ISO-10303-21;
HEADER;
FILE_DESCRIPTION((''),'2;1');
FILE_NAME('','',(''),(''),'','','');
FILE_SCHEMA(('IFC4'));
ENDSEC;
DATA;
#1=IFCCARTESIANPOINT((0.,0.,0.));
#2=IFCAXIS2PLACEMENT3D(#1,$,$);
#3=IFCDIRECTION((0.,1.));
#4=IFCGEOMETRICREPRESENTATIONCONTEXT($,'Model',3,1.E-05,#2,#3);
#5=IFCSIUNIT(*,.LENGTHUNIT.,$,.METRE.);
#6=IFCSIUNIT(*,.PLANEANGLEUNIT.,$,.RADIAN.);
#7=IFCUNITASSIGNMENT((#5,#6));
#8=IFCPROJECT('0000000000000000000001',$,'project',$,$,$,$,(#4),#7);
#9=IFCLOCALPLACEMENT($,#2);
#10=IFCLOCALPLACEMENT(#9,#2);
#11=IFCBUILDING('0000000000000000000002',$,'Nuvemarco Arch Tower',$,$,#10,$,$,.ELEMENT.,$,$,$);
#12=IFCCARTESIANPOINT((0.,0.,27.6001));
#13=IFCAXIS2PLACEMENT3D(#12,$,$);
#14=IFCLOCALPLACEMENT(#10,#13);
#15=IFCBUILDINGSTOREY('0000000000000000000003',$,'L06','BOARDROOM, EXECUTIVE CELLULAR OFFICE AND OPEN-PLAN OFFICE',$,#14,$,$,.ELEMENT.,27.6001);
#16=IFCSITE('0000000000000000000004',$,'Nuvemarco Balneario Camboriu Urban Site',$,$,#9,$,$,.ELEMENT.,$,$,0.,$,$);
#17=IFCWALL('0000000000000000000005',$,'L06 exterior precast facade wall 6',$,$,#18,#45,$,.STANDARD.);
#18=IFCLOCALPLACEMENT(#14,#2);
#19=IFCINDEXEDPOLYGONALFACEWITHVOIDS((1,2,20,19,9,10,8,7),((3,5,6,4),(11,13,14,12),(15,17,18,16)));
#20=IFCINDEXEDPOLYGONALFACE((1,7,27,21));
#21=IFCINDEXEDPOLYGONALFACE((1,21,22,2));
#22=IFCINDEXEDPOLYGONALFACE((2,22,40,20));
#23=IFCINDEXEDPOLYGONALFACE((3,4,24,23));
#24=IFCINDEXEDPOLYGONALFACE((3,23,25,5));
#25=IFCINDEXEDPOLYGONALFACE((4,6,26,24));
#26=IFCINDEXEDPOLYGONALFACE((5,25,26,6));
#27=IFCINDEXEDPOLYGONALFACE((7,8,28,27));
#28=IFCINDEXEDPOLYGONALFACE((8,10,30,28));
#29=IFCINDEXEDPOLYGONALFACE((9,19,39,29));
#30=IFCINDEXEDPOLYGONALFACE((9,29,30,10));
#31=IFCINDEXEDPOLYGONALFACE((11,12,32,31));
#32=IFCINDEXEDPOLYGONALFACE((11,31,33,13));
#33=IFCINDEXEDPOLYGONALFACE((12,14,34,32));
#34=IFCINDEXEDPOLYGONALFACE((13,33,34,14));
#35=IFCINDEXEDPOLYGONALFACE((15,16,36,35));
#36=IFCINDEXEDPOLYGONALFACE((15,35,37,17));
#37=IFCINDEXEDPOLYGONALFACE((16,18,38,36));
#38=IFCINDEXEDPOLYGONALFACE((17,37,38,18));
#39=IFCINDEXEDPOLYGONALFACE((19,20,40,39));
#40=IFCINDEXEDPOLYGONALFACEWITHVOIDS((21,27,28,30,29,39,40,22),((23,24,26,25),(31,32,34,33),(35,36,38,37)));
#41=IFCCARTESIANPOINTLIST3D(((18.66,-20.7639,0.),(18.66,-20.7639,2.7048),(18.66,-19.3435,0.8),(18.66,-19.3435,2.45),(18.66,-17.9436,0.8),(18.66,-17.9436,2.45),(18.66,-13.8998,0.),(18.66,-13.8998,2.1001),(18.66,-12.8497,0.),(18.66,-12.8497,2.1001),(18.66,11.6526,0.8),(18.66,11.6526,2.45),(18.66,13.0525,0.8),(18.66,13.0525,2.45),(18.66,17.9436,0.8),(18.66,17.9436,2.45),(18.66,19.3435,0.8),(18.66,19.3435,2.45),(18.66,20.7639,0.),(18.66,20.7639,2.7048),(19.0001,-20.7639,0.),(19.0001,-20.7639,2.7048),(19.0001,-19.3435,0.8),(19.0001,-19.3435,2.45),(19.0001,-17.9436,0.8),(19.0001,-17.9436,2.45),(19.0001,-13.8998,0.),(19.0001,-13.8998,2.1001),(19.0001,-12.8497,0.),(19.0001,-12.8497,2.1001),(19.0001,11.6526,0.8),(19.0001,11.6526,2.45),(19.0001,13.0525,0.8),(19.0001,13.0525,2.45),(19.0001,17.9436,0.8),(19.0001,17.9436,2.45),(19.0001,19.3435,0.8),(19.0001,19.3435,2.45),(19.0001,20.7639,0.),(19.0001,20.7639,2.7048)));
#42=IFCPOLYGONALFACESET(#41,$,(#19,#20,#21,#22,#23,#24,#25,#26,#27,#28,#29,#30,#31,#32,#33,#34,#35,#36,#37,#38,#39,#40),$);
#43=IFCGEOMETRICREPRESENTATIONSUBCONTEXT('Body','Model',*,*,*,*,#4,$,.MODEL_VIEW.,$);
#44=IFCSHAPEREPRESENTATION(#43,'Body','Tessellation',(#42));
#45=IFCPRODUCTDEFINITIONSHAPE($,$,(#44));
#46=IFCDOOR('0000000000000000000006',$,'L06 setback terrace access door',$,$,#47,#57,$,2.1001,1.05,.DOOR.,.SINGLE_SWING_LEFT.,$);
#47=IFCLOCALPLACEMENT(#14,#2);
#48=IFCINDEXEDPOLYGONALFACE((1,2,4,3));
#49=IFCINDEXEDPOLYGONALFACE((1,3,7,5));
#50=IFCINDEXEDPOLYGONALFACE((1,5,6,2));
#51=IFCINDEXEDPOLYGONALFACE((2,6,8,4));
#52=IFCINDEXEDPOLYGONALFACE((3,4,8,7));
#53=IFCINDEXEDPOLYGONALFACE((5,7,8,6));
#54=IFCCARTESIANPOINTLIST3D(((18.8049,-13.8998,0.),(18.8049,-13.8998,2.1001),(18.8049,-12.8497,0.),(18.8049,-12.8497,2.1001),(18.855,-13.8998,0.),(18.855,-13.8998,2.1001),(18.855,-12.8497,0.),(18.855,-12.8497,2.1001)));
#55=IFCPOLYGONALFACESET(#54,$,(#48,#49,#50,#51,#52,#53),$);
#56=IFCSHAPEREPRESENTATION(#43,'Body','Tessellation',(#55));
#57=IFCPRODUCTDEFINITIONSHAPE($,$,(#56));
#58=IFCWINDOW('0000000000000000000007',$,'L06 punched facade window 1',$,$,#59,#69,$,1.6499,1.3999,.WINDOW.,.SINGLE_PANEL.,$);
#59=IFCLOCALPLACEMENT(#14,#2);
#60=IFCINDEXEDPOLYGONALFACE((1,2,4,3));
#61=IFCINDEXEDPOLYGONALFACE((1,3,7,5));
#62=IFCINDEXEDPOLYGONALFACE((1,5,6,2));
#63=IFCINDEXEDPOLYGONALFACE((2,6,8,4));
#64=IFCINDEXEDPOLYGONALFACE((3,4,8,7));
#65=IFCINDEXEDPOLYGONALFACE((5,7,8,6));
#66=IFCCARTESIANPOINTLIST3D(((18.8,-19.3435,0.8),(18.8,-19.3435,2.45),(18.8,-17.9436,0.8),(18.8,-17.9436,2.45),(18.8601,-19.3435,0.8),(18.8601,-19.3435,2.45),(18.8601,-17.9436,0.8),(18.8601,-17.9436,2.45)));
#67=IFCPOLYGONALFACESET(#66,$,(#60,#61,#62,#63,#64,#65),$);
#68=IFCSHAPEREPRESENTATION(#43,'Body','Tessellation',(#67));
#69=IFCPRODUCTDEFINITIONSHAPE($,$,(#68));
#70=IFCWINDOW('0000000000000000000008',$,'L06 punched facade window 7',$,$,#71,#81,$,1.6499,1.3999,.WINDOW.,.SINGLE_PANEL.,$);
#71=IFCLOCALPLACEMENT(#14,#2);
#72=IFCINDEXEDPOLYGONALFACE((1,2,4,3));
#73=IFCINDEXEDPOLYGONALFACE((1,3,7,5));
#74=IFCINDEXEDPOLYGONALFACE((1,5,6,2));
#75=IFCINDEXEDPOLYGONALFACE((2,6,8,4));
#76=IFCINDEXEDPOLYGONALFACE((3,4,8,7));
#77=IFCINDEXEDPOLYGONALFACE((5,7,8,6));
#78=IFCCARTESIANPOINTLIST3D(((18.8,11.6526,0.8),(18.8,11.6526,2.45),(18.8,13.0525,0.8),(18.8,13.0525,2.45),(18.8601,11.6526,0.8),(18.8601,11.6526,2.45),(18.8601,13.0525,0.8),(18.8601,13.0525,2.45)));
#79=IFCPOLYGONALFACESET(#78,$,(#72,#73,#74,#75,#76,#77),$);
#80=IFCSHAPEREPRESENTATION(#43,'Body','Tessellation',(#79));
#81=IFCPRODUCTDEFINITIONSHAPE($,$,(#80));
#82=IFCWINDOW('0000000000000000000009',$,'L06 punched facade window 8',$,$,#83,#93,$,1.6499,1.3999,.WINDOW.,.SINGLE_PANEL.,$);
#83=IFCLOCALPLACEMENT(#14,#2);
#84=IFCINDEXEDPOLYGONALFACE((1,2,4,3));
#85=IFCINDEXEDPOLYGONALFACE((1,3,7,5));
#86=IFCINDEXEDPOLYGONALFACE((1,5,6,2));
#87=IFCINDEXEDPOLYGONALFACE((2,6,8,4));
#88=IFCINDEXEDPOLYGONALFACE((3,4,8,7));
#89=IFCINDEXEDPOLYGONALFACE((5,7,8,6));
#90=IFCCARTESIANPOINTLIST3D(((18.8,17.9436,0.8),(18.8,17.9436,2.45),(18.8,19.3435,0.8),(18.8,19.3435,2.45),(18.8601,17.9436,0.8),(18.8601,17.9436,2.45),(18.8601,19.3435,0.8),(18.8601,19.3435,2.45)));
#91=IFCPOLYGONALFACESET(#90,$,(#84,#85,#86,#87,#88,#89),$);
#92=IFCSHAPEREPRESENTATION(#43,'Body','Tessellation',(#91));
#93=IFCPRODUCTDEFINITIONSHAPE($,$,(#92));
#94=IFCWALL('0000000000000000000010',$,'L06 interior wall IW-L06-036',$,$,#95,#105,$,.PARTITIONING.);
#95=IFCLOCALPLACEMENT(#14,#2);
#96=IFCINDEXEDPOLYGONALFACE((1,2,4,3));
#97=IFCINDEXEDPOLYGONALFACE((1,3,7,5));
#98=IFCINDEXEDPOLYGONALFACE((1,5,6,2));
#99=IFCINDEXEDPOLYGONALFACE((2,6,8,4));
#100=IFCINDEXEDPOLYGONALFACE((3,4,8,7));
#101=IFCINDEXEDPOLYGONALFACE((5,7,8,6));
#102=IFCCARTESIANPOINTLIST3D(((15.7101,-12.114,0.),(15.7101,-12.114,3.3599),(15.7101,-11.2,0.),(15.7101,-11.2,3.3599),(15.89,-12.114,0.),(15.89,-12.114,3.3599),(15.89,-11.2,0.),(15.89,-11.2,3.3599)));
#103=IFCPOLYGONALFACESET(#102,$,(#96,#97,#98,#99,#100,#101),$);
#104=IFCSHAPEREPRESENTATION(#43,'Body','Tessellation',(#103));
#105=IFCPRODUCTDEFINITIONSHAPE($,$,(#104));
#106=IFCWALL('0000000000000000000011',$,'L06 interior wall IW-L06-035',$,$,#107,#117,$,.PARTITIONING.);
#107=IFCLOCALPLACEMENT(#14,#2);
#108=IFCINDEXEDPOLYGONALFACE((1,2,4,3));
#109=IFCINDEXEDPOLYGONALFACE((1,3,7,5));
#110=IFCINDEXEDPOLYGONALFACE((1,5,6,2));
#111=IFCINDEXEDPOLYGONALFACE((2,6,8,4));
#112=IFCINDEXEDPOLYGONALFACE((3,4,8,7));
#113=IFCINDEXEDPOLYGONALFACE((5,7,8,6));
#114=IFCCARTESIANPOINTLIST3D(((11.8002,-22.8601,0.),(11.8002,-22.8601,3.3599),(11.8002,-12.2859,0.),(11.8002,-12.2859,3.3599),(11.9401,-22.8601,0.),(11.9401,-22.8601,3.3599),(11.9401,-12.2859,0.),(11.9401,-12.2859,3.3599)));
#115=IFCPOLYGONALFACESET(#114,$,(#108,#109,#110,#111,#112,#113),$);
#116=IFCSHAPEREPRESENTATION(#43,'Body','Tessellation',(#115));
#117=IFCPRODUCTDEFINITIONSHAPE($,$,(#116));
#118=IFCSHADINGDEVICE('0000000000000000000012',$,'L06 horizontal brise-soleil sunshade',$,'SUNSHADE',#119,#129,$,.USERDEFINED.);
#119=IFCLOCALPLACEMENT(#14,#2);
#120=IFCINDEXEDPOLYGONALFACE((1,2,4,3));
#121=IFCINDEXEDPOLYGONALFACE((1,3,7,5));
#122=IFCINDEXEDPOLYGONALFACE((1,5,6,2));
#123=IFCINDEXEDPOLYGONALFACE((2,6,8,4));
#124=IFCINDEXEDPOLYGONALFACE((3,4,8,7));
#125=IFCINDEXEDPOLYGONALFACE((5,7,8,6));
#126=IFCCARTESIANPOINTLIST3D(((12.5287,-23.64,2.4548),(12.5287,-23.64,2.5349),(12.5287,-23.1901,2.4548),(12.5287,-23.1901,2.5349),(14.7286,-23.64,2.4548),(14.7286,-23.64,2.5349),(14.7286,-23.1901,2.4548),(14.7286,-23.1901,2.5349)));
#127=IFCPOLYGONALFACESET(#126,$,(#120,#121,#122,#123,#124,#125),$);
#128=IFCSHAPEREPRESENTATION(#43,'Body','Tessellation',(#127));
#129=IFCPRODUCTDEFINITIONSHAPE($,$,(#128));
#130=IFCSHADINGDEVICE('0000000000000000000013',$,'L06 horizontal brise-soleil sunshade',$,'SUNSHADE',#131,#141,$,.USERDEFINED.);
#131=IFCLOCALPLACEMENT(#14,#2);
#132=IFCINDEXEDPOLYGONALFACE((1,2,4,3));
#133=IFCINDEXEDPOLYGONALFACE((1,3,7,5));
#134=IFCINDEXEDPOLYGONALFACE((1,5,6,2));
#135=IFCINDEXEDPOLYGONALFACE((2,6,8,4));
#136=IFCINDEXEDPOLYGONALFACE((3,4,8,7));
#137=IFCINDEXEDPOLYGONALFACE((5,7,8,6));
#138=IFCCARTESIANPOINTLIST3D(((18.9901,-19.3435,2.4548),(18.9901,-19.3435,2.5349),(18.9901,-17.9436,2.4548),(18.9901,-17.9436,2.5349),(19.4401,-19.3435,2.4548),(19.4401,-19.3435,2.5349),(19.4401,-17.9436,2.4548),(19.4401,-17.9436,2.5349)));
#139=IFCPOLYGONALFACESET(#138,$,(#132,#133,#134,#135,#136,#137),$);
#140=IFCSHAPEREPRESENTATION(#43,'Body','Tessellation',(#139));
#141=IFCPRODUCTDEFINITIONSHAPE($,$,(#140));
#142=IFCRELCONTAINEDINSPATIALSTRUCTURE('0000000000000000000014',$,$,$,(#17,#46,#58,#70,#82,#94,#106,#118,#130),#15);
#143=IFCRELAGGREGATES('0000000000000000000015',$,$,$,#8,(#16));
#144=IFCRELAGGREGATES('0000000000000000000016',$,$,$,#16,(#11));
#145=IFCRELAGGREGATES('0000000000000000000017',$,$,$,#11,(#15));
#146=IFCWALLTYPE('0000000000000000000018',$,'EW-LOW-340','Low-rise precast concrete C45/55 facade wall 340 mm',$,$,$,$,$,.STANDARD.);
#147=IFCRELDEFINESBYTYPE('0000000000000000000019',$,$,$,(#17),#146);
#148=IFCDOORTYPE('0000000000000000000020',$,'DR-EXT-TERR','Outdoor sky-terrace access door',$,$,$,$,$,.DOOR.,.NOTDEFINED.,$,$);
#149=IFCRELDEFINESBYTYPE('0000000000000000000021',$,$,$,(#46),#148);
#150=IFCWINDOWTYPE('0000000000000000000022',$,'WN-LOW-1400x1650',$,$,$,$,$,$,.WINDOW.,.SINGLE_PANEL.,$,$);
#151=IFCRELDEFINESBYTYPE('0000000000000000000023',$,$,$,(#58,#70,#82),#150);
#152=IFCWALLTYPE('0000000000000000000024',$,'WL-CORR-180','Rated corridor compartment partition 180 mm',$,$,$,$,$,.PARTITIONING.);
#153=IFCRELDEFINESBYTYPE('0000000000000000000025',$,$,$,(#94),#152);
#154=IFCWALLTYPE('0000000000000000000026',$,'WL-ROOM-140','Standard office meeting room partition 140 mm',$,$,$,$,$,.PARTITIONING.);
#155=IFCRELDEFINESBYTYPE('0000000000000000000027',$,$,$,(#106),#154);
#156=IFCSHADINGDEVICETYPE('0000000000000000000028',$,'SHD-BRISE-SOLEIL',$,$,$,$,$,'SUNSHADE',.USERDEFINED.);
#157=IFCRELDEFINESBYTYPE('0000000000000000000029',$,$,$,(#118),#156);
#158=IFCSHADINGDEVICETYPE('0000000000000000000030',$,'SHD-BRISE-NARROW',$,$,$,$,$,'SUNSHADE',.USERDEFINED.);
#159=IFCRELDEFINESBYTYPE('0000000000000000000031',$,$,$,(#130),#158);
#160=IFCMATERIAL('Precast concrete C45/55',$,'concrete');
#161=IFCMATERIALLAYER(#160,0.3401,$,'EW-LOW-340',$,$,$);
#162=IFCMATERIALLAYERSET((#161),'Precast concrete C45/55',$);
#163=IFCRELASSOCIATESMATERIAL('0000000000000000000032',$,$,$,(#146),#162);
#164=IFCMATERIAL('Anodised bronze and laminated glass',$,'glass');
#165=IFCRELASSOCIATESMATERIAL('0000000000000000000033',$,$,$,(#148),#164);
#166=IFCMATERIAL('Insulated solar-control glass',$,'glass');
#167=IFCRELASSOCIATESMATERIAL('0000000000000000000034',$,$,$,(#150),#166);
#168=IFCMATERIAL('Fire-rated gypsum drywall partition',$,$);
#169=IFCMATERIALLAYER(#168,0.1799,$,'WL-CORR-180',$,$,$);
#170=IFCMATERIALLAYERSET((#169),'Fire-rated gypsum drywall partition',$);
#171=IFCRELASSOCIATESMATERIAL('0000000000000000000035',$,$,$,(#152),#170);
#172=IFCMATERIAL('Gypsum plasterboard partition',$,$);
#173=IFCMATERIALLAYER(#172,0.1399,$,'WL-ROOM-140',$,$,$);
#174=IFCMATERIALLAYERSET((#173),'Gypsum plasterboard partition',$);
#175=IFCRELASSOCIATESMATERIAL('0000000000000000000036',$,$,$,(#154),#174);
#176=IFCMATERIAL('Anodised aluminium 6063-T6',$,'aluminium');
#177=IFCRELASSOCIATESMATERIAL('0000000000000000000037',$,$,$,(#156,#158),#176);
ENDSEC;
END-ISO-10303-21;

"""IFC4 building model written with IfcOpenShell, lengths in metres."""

from ifc_helpers import new_model, si_unit, direction, frame, frame_2d, origin, origin_2d, place, context, subcontext, project, spatial, rectangle, extrude, source, transform, mapped, material, layer, layer_set, type_object, type_shapes, element, fill, save


model = new_model("IFC4")

# Units and contexts
model_context = context("Model", 3, precision=1e-05, world=origin(), true_north=direction((0.0, 1.0)))
body_context = subcontext(model_context, "Body", "Model", "MODEL_VIEW")
ifc_project = project(units=[si_unit("LENGTHUNIT", "METRE"), si_unit("PLANEANGLEUNIT", "RADIAN")], contexts=[model_context])

# Site, building, storey
site_placement = place(None, origin())
site = spatial("IfcSite", under=ifc_project, at=site_placement, Name="Nuvemarco Balneario Camboriu Urban Site", CompositionType="ELEMENT", RefElevation=0.0)
building_placement = place(site_placement, origin())
building = spatial("IfcBuilding", under=site, at=building_placement, Name="Nuvemarco Arch Tower", CompositionType="ELEMENT")
storey_placement = place(building_placement, frame((0.0, 0.0, 27.6001)))
storey = spatial("IfcBuildingStorey", under=building, at=storey_placement, Name="L06", Description="BOARDROOM, EXECUTIVE CELLULAR OFFICE AND OPEN-PLAN OFFICE", CompositionType="ELEMENT", Elevation=27.6001)

# Shared definitions
ifc_material_1 = material(Name="Precast concrete C45/55", Category="concrete")

# Shared definitions
ifc_layer_1 = layer(ifc_material_1, 0.3401, Name="EW-LOW-340")
ifc_layer_set_1 = layer_set([ifc_layer_1], Name="Precast concrete C45/55")
wall_type_1 = type_object("IfcWallType", Name="EW-LOW-340", Description="Low-rise precast concrete C45/55 facade wall 340 mm", PredefinedType="STANDARD", material=ifc_layer_set_1)

# Wall, openings, door, windows
wall_1_placement = place(storey_placement, frame((18.8301, -20.7639, 0.0), z_axis=(0.0, 0.0, 1.0), x_axis=(0.0, 1.0, 0.0)))
wall_1 = element("IfcWall", 1, at=wall_1_placement, inside=storey, type_object=wall_type_1, Name="L06 exterior precast facade wall 6", PredefinedType="STANDARD", context=body_context, shape_type="SweptSolid", body=[
    extrude(rectangle(XDim=41.5278, YDim=0.3401, at=frame_2d((20.7639, 0.0))), origin(), (0.0, 0.0, 1.0), 2.7048),
])
opening_1_placement = place(wall_1_placement, frame((7.9141, 0.0, 0.0), z_axis=(0.0, 0.0, 1.0), x_axis=(-1.0, 0.0, 0.0)))
opening_1 = element("IfcOpeningElement", 2, at=opening_1_placement, cuts=wall_1, PredefinedType="OPENING", context=body_context, shape_type="SweptSolid", body=[
    extrude(rectangle(XDim=1.05, YDim=2.1001, at=frame_2d((0.5249, 1.05))), frame((0.0, 0.1799, 0.0), z_axis=(0.0, -1.0, 0.0), x_axis=(1.0, 0.0, 0.0)), (0.0, 0.0, 1.0), 0.3601),
])
opening_2_placement = place(wall_1_placement, frame((1.4204, 0.0, 0.8)))
opening_2 = element("IfcOpeningElement", 3, at=opening_2_placement, cuts=wall_1, PredefinedType="OPENING", context=body_context, shape_type="SweptSolid", body=[
    extrude(rectangle(XDim=1.3999, YDim=1.6499, at=frame_2d((0.7, 0.825))), frame((0.0, 0.1799, 0.0), z_axis=(0.0, -1.0, 0.0), x_axis=(1.0, 0.0, 0.0)), (0.0, 0.0, 1.0), 0.3601),
])
opening_3_placement = place(wall_1_placement, frame((32.4165, 0.0, 0.8)))
opening_3 = element("IfcOpeningElement", 4, at=opening_3_placement, cuts=wall_1, PredefinedType="OPENING", context=body_context, shape_type="SweptSolid", body=[
    extrude(rectangle(XDim=1.3999, YDim=1.6499, at=frame_2d((0.7, 0.825))), frame((0.0, 0.1799, 0.0), z_axis=(0.0, -1.0, 0.0), x_axis=(1.0, 0.0, 0.0)), (0.0, 0.0, 1.0), 0.3601),
])
opening_4_placement = place(wall_1_placement, frame((38.7075, 0.0, 0.8)))
opening_4 = element("IfcOpeningElement", 5, at=opening_4_placement, cuts=wall_1, PredefinedType="OPENING", context=body_context, shape_type="SweptSolid", body=[
    extrude(rectangle(XDim=1.3999, YDim=1.6499, at=frame_2d((0.7, 0.825))), frame((0.0, 0.1799, 0.0), z_axis=(0.0, -1.0, 0.0), x_axis=(1.0, 0.0, 0.0)), (0.0, 0.0, 1.0), 0.3601),
])
ifc_material_2 = material(Name="Anodised bronze and laminated glass", Category="glass")
door_type = type_object("IfcDoorType", Name="DR-EXT-TERR", Description="Outdoor sky-terrace access door", OperationType="NOTDEFINED", PredefinedType="DOOR", material=ifc_material_2)
shared_shape_1 = source(origin(), body_context, "Body", "SweptSolid", [
    extrude(rectangle(XDim=1.05, YDim=2.1001, at=frame_2d((0.5249, 1.05))), frame((0.0, 0.0249, 0.0), z_axis=(0.0, -1.0, 0.0), x_axis=(1.0, 0.0, 0.0)), (0.0, 0.0, 1.0), 0.05),
])
type_shapes(door_type, [shared_shape_1])
door_placement = place(opening_1_placement, origin())
door = element("IfcDoor", 6, at=door_placement, inside=storey, type_object=door_type, Name="L06 setback terrace access door", OperationType="SINGLE_SWING_LEFT", OverallHeight=2.1001, OverallWidth=1.05, PredefinedType="DOOR", context=body_context, shape_type="MappedRepresentation", body=[
    mapped(shared_shape_1, transform((0.0, 0.0, 0.0), scale=1.0)),
])
fill(opening_1, door)
ifc_material_3 = material(Name="Insulated solar-control glass", Category="glass")
window_type = type_object("IfcWindowType", Name="WN-LOW-1400x1650", PartitioningType="SINGLE_PANEL", PredefinedType="WINDOW", material=ifc_material_3)
shared_shape_2 = source(origin(), body_context, "Body", "SweptSolid", [
    extrude(rectangle(XDim=1.3999, YDim=1.6499, at=frame_2d((0.7, 0.825))), frame((0.0, 0.03, 0.0), z_axis=(0.0, -1.0, 0.0), x_axis=(1.0, 0.0, 0.0)), (0.0, 0.0, 1.0), 0.0601),
])
type_shapes(window_type, [shared_shape_2])
window_1_placement = place(opening_2_placement, origin())
window_1 = element("IfcWindow", 7, at=window_1_placement, inside=storey, type_object=window_type, Name="L06 punched facade window 1", OverallHeight=1.6499, OverallWidth=1.3999, PartitioningType="SINGLE_PANEL", PredefinedType="WINDOW", context=body_context, shape_type="MappedRepresentation", body=[
    mapped(shared_shape_2, transform((0.0, 0.0, 0.0), scale=1.0)),
])
fill(opening_2, window_1)
window_2_placement = place(opening_3_placement, origin())
window_2 = element("IfcWindow", 8, at=window_2_placement, inside=storey, type_object=window_type, Name="L06 punched facade window 7", OverallHeight=1.6499, OverallWidth=1.3999, PartitioningType="SINGLE_PANEL", PredefinedType="WINDOW", context=body_context, shape_type="MappedRepresentation", body=[
    mapped(shared_shape_2, transform((0.0, 0.0, 0.0), scale=1.0)),
])
fill(opening_3, window_2)
window_3_placement = place(opening_4_placement, origin())
window_3 = element("IfcWindow", 9, at=window_3_placement, inside=storey, type_object=window_type, Name="L06 punched facade window 8", OverallHeight=1.6499, OverallWidth=1.3999, PartitioningType="SINGLE_PANEL", PredefinedType="WINDOW", context=body_context, shape_type="MappedRepresentation", body=[
    mapped(shared_shape_2, transform((0.0, 0.0, 0.0), scale=1.0)),
])
fill(opening_4, window_3)

# Walls
ifc_material_4 = material(Name="Fire-rated gypsum drywall partition")
ifc_layer_2 = layer(ifc_material_4, 0.1799, Name="WL-CORR-180")
ifc_layer_set_2 = layer_set([ifc_layer_2], Name="Fire-rated gypsum drywall partition")
wall_type_2 = type_object("IfcWallType", Name="WL-CORR-180", Description="Rated corridor compartment partition 180 mm", PredefinedType="PARTITIONING", material=ifc_layer_set_2)
wall_2_placement = place(storey_placement, frame((15.8, -12.114, 0.0), z_axis=(0.0, 0.0, 1.0), x_axis=(0.0, 1.0, 0.0)))
element("IfcWall", 10, at=wall_2_placement, inside=storey, type_object=wall_type_2, Name="L06 interior wall IW-L06-036", PredefinedType="PARTITIONING", context=body_context, shape_type="SweptSolid", body=[
    extrude(rectangle(XDim=0.9141, YDim=0.1799, at=frame_2d((0.457, 0.0))), origin(), (0.0, 0.0, 1.0), 3.3599),
])
ifc_material_5 = material(Name="Gypsum plasterboard partition")
ifc_layer_3 = layer(ifc_material_5, 0.1399, Name="WL-ROOM-140")
ifc_layer_set_3 = layer_set([ifc_layer_3], Name="Gypsum plasterboard partition")
wall_type_3 = type_object("IfcWallType", Name="WL-ROOM-140", Description="Standard office meeting room partition 140 mm", PredefinedType="PARTITIONING", material=ifc_layer_set_3)
wall_3_placement = place(storey_placement, frame((11.8701, -22.8601, 0.0), z_axis=(0.0, 0.0, 1.0), x_axis=(0.0, 1.0, 0.0)))
element("IfcWall", 11, at=wall_3_placement, inside=storey, type_object=wall_type_3, Name="L06 interior wall IW-L06-035", PredefinedType="PARTITIONING", context=body_context, shape_type="SweptSolid", body=[
    extrude(rectangle(XDim=10.5742, YDim=0.1399, at=frame_2d((5.2871, 0.0))), origin(), (0.0, 0.0, 1.0), 3.3599),
])

# Shading devices
ifc_material_6 = material(Name="Anodised aluminium 6063-T6", Category="aluminium")
shading_device_type_1 = type_object("IfcShadingDeviceType", Name="SHD-BRISE-SOLEIL", ElementType="SUNSHADE", PredefinedType="USERDEFINED", material=ifc_material_6)
shared_shape_3 = source(origin(), body_context, "Body", "SweptSolid", [
    extrude(rectangle(XDim=2.2, YDim=0.45, at=origin_2d()), origin(), (0.0, 0.0, 1.0), 0.0801),
])
type_shapes(shading_device_type_1, [shared_shape_3])
shading_device_1_placement = place(storey_placement, frame((13.6287, -23.415, 2.4548), z_axis=(0.0, 0.0, 1.0), x_axis=(1.0, 0.0, 0.0)))
element("IfcShadingDevice", 12, at=shading_device_1_placement, inside=storey, type_object=shading_device_type_1, Name="L06 horizontal brise-soleil sunshade", ObjectType="SUNSHADE", PredefinedType="USERDEFINED", context=body_context, shape_type="MappedRepresentation", body=[
    mapped(shared_shape_3, transform((0.0, 0.0, 0.0), scale=1.0)),
])
shading_device_type_2 = type_object("IfcShadingDeviceType", Name="SHD-BRISE-NARROW", ElementType="SUNSHADE", PredefinedType="USERDEFINED", material=ifc_material_6)
shared_shape_4 = source(origin(), body_context, "Body", "SweptSolid", [
    extrude(rectangle(XDim=1.3999, YDim=0.45, at=origin_2d()), origin(), (0.0, 0.0, 1.0), 0.0801),
])
type_shapes(shading_device_type_2, [shared_shape_4])
shading_device_2_placement = place(storey_placement, frame((19.2151, -18.6436, 2.4548), z_axis=(0.0, 0.0, 1.0), x_axis=(0.0, 1.0, 0.0)))
element("IfcShadingDevice", 13, at=shading_device_2_placement, inside=storey, type_object=shading_device_type_2, Name="L06 horizontal brise-soleil sunshade", ObjectType="SUNSHADE", PredefinedType="USERDEFINED", context=body_context, shape_type="MappedRepresentation", body=[
    mapped(shared_shape_4, transform((0.0, 0.0, 0.0), scale=1.0)),
])

save(model, "model.ifc")
